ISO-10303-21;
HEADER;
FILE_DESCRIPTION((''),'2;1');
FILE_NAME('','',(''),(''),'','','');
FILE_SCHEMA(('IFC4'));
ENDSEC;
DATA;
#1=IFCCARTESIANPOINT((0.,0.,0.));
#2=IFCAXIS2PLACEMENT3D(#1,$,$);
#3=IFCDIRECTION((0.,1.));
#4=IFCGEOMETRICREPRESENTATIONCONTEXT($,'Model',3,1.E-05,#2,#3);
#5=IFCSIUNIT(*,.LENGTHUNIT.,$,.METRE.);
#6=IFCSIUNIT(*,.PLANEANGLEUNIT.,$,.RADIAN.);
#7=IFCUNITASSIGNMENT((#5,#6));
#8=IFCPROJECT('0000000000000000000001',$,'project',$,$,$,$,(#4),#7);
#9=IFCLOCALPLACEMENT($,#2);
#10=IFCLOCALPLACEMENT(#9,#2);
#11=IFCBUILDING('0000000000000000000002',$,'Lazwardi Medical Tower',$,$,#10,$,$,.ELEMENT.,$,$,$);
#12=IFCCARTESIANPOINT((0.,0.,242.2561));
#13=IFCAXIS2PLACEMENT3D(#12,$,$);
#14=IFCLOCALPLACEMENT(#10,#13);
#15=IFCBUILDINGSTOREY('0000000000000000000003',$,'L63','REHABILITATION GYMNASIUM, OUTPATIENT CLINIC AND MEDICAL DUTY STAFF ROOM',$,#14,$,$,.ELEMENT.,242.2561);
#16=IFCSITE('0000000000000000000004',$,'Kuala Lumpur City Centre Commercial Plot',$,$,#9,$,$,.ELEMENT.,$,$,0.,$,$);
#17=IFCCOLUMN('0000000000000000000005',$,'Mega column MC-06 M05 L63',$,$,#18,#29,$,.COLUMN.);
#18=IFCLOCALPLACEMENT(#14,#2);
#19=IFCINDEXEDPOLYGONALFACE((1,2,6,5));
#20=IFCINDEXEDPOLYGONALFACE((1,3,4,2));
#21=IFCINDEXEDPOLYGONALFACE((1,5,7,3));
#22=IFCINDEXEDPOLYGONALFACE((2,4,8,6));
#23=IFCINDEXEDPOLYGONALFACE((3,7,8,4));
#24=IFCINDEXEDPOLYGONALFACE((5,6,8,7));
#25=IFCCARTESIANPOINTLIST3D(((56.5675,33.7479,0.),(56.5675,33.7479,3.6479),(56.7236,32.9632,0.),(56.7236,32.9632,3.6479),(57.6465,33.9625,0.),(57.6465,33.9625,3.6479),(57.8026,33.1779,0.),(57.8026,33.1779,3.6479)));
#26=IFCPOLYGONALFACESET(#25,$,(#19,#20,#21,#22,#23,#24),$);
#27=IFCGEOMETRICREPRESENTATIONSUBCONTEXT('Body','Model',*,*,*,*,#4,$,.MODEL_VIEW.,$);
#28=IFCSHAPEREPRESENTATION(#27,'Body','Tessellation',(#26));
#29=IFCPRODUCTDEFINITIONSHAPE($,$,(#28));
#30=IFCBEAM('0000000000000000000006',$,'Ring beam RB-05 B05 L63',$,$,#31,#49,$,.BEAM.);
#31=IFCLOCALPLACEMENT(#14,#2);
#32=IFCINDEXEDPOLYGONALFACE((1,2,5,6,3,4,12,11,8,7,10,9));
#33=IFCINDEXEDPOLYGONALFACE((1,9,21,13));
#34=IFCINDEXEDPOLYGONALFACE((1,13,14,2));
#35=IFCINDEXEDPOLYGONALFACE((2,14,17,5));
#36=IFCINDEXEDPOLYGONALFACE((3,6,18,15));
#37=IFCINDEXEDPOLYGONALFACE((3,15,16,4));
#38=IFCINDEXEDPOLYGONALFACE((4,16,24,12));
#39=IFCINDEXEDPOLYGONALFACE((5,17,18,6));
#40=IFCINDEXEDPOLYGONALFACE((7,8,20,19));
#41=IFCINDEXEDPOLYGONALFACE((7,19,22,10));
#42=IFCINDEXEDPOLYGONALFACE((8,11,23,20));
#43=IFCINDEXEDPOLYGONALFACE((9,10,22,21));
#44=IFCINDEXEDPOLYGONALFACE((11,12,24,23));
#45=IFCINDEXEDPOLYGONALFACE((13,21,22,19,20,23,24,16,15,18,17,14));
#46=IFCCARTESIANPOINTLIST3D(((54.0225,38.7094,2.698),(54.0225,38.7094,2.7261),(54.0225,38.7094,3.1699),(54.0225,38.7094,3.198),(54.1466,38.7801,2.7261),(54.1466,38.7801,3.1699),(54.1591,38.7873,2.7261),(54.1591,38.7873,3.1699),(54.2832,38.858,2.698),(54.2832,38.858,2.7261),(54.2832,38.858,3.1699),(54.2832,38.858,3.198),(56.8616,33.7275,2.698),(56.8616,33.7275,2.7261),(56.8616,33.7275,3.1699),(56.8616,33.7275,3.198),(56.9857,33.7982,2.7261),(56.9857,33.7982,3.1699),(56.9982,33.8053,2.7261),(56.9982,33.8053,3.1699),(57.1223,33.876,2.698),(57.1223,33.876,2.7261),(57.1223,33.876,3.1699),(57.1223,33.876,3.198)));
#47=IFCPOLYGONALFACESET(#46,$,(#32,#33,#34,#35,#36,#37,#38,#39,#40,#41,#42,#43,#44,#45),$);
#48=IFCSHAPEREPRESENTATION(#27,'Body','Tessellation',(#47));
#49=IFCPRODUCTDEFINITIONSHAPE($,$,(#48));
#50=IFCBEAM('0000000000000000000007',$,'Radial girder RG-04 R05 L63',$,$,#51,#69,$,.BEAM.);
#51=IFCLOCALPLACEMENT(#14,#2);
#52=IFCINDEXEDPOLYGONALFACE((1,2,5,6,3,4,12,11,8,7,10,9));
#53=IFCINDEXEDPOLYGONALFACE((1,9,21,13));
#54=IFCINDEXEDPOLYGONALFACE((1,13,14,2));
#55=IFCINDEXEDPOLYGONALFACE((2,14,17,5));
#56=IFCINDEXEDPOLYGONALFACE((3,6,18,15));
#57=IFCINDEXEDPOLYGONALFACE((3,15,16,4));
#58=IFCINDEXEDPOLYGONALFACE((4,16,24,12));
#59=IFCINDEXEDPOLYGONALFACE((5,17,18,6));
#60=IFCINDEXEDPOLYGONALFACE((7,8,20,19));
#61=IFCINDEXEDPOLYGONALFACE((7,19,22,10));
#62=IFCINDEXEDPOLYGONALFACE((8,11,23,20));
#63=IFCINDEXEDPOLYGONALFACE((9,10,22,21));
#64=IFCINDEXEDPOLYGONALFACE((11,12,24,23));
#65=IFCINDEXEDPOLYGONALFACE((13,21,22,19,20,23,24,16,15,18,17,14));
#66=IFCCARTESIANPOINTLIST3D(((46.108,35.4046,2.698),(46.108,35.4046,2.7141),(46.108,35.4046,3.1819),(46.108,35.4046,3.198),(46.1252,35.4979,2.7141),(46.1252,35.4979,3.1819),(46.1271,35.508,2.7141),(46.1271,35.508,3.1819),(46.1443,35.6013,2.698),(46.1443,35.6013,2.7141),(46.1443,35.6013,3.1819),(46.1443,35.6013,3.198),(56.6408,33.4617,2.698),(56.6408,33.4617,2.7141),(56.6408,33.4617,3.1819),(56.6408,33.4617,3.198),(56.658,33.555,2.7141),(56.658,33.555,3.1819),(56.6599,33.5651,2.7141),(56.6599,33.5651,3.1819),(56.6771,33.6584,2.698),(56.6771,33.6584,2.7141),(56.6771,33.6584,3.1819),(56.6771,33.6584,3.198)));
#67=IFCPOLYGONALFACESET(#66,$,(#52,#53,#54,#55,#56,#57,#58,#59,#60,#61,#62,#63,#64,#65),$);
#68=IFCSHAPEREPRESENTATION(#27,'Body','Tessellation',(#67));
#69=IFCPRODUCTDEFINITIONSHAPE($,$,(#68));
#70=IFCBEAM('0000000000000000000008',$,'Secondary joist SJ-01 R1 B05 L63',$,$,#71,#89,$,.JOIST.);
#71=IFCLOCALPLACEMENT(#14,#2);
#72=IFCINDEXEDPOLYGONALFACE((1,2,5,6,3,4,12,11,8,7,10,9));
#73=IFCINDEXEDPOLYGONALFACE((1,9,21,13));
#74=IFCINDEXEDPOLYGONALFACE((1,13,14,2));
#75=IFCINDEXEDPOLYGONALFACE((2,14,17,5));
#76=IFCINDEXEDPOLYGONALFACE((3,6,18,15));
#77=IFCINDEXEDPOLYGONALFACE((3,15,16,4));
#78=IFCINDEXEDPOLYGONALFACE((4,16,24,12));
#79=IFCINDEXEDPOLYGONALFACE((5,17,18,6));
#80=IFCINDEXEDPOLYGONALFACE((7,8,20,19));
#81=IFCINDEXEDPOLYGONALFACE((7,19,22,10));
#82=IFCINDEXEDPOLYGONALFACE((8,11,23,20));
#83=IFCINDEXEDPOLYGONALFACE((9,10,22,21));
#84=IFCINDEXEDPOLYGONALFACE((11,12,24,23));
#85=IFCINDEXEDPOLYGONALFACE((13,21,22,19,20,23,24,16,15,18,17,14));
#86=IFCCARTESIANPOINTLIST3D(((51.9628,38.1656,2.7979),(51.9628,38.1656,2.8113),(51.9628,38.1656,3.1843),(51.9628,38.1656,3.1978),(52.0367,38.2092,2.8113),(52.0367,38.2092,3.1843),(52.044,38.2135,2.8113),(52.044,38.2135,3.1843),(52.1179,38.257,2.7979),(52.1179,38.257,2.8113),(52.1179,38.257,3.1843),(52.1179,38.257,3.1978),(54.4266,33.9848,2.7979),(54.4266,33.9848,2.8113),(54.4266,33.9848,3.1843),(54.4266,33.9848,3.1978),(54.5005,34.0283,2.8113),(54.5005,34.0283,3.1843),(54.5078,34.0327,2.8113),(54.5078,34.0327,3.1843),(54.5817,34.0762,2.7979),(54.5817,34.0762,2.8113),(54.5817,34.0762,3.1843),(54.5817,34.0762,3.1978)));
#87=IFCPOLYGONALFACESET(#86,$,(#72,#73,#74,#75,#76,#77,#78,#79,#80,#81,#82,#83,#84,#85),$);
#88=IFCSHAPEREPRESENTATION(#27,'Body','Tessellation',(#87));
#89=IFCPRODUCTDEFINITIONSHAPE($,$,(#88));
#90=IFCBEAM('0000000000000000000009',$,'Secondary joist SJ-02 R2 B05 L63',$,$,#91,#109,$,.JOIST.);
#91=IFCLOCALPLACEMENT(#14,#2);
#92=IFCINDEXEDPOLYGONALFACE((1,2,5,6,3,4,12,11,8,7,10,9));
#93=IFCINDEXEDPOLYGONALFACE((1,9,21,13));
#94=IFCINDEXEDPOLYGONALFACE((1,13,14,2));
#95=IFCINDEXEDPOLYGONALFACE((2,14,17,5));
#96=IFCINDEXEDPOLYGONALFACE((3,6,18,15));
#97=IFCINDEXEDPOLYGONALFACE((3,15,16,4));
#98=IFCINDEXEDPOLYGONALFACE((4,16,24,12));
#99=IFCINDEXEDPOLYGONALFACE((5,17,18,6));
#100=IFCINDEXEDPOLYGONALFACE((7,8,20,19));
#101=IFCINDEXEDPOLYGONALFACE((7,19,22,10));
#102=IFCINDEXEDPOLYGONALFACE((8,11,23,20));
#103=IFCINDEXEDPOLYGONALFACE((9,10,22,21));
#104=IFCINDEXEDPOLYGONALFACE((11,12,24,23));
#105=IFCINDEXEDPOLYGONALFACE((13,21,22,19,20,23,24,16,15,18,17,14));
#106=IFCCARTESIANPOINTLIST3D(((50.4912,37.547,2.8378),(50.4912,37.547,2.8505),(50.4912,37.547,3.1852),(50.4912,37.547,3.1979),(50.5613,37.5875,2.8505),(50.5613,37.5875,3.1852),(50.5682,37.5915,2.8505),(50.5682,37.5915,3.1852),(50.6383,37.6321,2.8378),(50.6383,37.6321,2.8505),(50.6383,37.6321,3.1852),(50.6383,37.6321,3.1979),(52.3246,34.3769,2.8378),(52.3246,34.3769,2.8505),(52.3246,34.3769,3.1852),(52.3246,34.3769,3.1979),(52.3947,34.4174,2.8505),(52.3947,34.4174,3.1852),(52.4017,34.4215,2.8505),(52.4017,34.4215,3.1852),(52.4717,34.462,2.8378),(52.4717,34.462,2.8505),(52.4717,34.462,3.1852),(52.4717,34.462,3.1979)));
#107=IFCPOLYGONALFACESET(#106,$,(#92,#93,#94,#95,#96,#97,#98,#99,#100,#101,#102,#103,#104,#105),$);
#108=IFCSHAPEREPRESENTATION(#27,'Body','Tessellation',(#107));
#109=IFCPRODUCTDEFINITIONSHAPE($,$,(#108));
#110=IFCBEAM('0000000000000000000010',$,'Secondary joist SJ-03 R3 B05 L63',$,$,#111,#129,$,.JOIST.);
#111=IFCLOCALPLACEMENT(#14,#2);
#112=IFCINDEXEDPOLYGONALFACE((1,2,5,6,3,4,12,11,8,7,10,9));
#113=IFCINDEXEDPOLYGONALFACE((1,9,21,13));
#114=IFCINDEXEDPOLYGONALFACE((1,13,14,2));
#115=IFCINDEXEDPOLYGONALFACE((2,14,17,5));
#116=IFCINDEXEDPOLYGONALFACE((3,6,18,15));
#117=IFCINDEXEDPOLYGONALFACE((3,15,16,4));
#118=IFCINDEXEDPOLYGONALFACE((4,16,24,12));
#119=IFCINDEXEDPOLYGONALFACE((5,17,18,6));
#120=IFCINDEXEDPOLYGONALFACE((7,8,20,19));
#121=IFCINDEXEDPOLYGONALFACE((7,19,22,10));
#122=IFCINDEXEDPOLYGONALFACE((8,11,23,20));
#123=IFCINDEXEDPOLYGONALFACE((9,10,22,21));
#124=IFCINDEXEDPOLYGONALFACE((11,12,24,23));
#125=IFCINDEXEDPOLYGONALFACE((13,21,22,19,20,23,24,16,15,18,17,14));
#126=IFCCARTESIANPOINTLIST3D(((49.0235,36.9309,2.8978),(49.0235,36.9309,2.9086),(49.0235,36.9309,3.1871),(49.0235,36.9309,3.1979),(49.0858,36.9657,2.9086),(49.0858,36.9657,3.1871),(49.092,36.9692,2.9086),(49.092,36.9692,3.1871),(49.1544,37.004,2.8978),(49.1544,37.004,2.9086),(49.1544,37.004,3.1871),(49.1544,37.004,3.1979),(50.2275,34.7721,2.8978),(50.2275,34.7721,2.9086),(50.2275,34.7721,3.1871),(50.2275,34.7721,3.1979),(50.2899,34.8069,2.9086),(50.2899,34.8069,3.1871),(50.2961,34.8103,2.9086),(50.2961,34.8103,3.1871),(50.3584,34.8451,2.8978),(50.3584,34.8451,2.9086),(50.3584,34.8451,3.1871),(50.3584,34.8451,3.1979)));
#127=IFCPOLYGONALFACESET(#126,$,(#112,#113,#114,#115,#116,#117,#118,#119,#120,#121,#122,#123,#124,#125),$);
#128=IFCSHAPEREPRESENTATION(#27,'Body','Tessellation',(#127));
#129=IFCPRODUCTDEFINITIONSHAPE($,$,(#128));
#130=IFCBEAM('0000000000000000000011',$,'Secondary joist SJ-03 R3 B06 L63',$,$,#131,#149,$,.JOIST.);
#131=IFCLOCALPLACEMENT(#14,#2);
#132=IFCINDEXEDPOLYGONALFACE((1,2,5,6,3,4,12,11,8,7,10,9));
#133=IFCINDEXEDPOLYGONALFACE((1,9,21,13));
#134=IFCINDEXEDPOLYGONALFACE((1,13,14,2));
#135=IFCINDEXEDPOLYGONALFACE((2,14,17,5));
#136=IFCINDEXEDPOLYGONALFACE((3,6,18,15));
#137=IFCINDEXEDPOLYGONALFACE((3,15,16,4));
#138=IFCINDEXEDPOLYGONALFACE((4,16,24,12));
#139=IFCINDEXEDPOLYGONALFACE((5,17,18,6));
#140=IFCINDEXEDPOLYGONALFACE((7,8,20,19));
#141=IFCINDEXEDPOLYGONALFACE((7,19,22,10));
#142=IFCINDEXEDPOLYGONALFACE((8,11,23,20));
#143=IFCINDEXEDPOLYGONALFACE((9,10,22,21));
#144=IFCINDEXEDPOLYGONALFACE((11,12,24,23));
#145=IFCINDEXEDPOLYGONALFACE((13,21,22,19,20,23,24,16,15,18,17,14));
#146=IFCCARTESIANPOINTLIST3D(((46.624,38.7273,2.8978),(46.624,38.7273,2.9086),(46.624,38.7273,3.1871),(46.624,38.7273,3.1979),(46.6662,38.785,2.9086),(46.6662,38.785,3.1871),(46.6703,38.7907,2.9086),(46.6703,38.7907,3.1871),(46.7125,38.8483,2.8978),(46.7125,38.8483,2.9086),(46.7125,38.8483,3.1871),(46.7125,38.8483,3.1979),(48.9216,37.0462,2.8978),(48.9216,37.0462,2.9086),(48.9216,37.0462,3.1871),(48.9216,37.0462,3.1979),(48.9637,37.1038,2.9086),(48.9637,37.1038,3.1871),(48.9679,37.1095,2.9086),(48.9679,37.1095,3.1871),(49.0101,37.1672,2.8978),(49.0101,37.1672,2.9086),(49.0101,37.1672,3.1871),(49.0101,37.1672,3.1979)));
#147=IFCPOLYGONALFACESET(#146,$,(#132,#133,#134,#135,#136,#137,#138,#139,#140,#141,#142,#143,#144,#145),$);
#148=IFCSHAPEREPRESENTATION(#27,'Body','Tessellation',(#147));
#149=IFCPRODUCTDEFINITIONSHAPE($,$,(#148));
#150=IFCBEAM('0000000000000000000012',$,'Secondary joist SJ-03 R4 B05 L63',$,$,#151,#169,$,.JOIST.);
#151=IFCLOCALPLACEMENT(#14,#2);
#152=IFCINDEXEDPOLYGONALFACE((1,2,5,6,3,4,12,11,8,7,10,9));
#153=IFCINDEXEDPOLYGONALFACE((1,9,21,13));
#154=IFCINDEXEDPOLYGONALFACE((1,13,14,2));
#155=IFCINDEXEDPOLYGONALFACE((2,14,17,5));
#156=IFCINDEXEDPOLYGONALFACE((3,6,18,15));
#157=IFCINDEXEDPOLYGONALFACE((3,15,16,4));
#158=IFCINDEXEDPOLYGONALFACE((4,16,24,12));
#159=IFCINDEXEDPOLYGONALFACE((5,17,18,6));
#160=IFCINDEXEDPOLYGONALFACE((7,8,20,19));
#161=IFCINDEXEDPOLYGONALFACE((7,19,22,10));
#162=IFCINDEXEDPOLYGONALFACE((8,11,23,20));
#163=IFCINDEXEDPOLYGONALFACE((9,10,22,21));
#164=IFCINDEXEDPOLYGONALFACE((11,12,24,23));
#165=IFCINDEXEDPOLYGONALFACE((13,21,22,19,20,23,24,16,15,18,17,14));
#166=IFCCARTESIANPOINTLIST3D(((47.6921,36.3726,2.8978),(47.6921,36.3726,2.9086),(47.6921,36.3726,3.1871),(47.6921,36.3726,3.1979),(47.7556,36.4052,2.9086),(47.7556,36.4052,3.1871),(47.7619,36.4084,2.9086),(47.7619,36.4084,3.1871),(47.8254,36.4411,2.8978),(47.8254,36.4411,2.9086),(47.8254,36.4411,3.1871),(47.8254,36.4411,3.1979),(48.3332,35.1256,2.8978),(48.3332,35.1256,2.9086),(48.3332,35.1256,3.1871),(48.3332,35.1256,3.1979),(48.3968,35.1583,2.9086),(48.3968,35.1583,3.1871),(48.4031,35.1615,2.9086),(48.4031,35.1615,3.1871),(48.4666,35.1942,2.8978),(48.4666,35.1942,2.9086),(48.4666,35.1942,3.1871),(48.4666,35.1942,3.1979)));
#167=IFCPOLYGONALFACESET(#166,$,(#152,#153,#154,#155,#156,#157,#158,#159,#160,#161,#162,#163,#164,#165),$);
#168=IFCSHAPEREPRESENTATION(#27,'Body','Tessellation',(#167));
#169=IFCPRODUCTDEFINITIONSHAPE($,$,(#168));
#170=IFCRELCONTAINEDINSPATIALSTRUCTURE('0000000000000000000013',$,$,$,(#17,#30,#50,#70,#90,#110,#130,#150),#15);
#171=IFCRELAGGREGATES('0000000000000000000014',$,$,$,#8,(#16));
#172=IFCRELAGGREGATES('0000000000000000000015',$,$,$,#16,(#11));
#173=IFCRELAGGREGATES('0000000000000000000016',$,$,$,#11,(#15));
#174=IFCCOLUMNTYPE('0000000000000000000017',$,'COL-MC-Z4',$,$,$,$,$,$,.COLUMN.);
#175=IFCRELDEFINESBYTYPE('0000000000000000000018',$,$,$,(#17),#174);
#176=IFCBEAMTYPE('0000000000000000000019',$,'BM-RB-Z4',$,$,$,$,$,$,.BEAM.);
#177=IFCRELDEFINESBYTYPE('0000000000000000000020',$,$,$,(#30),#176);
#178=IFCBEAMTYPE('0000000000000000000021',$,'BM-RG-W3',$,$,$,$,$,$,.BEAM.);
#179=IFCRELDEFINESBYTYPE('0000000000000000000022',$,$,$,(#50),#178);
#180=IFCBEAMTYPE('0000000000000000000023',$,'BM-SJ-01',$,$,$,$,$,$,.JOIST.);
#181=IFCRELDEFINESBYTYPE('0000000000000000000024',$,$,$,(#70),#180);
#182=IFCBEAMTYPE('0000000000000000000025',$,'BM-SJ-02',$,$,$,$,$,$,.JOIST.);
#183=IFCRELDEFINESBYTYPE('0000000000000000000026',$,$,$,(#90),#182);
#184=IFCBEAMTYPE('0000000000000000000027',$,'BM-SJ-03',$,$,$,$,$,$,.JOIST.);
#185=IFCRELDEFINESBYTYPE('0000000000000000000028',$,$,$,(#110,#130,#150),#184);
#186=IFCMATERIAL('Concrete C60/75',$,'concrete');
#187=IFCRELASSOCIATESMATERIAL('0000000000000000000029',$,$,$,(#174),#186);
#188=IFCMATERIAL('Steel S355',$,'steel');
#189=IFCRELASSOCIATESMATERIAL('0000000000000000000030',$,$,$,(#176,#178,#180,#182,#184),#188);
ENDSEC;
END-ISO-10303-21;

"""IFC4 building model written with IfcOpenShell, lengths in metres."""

from ifc_helpers import new_model, si_unit, direction, frame, origin, origin_2d, place, context, subcontext, project, spatial, rectangle, i_section, extrude, material, material_profile, profile_set, type_object, element, save


model = new_model("IFC4")

# Units and contexts
model_context = context("Model", 3, precision=1e-05, world=origin(), true_north=direction((0.0, 1.0)))
body_context = subcontext(model_context, "Body", "Model", "MODEL_VIEW")
ifc_project = project(units=[si_unit("LENGTHUNIT", "METRE"), si_unit("PLANEANGLEUNIT", "RADIAN")], contexts=[model_context])

# Site, building, storey
site_placement = place(None, origin())
site = spatial("IfcSite", under=ifc_project, at=site_placement, Name="Kuala Lumpur City Centre Commercial Plot", CompositionType="ELEMENT", RefElevation=0.0)
building_placement = place(site_placement, origin())
building = spatial("IfcBuilding", under=site, at=building_placement, Name="Lazwardi Medical Tower", CompositionType="ELEMENT")
storey_placement = place(building_placement, frame((0.0, 0.0, 242.2561)))
storey = spatial("IfcBuildingStorey", under=building, at=storey_placement, Name="L63", Description="REHABILITATION GYMNASIUM, OUTPATIENT CLINIC AND MEDICAL DUTY STAFF ROOM", CompositionType="ELEMENT", Elevation=242.2561)

# Column
ifc_material_1 = material(Name="Concrete C60/75", Category="concrete")
ifc_material_profile_1 = material_profile(ifc_material_1, rectangle(XDim=1.1001, YDim=0.8, at=origin_2d()), Name="CFT-RECT 1100x800")
ifc_profile_set_1 = profile_set([ifc_material_profile_1], Name="Concrete C60/75")
column_type = type_object("IfcColumnType", Name="COL-MC-Z4", PredefinedType="COLUMN", material=ifc_profile_set_1)
column_placement = place(storey_placement, frame((57.1851, 33.4629, 0.0), z_axis=(0.0, 0.0, 1.0), x_axis=(0.980785, 0.19509, 0.0)))
element("IfcColumn", 1, at=column_placement, inside=storey, type_object=column_type, Name="Mega column MC-06 M05 L63", PredefinedType="COLUMN", context=body_context, shape_type="SweptSolid", body=[
    extrude(rectangle(XDim=1.1001, YDim=0.8, at=origin_2d()), origin(), (0.0, 0.0, 1.0), 3.6479),
])

# Beams
ifc_material_2 = material(Name="Steel S355", Category="steel")
ifc_material_profile_2 = material_profile(ifc_material_2, i_section(OverallWidth=0.3, OverallDepth=0.5, WebThickness=0.0144, FlangeThickness=0.0281, at=origin_2d()), Name="HEB 500")
ifc_profile_set_2 = profile_set([ifc_material_profile_2], Name="Steel S355")
beam_type_1 = type_object("IfcBeamType", Name="BM-RB-Z4", PredefinedType="BEAM", material=ifc_profile_set_2)
beam_1_placement = place(storey_placement, frame((56.9919, 33.8018, 2.948), z_axis=(-0.495125, 0.868822, 0.0), x_axis=(-0.868822, -0.495125, 0.0)))
element("IfcBeam", 2, at=beam_1_placement, inside=storey, type_object=beam_type_1, Name="Ring beam RB-05 B05 L63", PredefinedType="BEAM", context=body_context, shape_type="SweptSolid", body=[
    extrude(i_section(OverallWidth=0.3, OverallDepth=0.5, WebThickness=0.0144, FlangeThickness=0.0281, at=origin_2d()), origin(), (0.0, 0.0, 1.0), 5.7341),
])
ifc_material_profile_3 = material_profile(ifc_material_2, i_section(OverallWidth=0.2, OverallDepth=0.5, WebThickness=0.0103, FlangeThickness=0.0161, at=origin_2d()), Name="IPE 500")
ifc_profile_set_3 = profile_set([ifc_material_profile_3], Name="Steel S355")
beam_type_2 = type_object("IfcBeamType", Name="BM-RG-W3", PredefinedType="BEAM", material=ifc_profile_set_3)
beam_2_placement = place(storey_placement, frame((56.6589, 33.5601, 2.948), z_axis=(-0.983409, 0.1814, 0.0), x_axis=(-0.1814, -0.983409, 0.0)))
element("IfcBeam", 3, at=beam_2_placement, inside=storey, type_object=beam_type_2, Name="Radial girder RG-04 R05 L63", PredefinedType="BEAM", context=body_context, shape_type="SweptSolid", body=[
    extrude(i_section(OverallWidth=0.2, OverallDepth=0.5, WebThickness=0.0103, FlangeThickness=0.0161, at=origin_2d()), origin(), (0.0, 0.0, 1.0), 10.7104),
])
ifc_material_profile_4 = material_profile(ifc_material_2, i_section(OverallWidth=0.1799, OverallDepth=0.3999, WebThickness=0.0085, FlangeThickness=0.0134, at=origin_2d()), Name="IPE 400")
ifc_profile_set_4 = profile_set([ifc_material_profile_4], Name="Steel S355")
beam_type_3 = type_object("IfcBeamType", Name="BM-SJ-01", PredefinedType="JOIST", material=ifc_profile_set_4)
beam_3_placement = place(storey_placement, frame((54.5042, 34.0305, 2.9978), z_axis=(-0.50771, 0.861528, 0.0), x_axis=(-0.861528, -0.50771, 0.0)))
element("IfcBeam", 4, at=beam_3_placement, inside=storey, type_object=beam_type_3, Name="Secondary joist SJ-01 R1 B05 L63", PredefinedType="JOIST", context=body_context, shape_type="SweptSolid", body=[
    extrude(i_section(OverallWidth=0.1799, OverallDepth=0.3999, WebThickness=0.0085, FlangeThickness=0.0134, at=origin_2d()), origin(), (0.0, 0.0, 1.0), 4.8528),
])
ifc_material_profile_5 = material_profile(ifc_material_2, i_section(OverallWidth=0.1699, OverallDepth=0.3601, WebThickness=0.0081, FlangeThickness=0.0127, at=origin_2d()), Name="IPE 360")
ifc_profile_set_5 = profile_set([ifc_material_profile_5], Name="Steel S355")
beam_type_4 = type_object("IfcBeamType", Name="BM-SJ-02", PredefinedType="JOIST", material=ifc_profile_set_5)
beam_4_placement = place(storey_placement, frame((52.3982, 34.4194, 3.0178), z_axis=(-0.500655, 0.865647, 0.0), x_axis=(-0.865647, -0.500655, 0.0)))
element("IfcBeam", 5, at=beam_4_placement, inside=storey, type_object=beam_type_4, Name="Secondary joist SJ-02 R2 B05 L63", PredefinedType="JOIST", context=body_context, shape_type="SweptSolid", body=[
    extrude(i_section(OverallWidth=0.1699, OverallDepth=0.3601, WebThickness=0.0081, FlangeThickness=0.0127, at=origin_2d()), origin(), (0.0, 0.0, 1.0), 3.6621),
])
ifc_material_profile_6 = material_profile(ifc_material_2, i_section(OverallWidth=0.1499, OverallDepth=0.3, WebThickness=0.0071, FlangeThickness=0.0107, at=origin_2d()), Name="IPE 300")
ifc_profile_set_6 = profile_set([ifc_material_profile_6], Name="Steel S355")
beam_type_5 = type_object("IfcBeamType", Name="BM-SJ-03", PredefinedType="JOIST", material=ifc_profile_set_6)
beam_5_placement = place(storey_placement, frame((50.293, 34.8086, 3.0479), z_axis=(-0.487093, 0.87335, 0.0), x_axis=(-0.87335, -0.487093, 0.0)))
element("IfcBeam", 6, at=beam_5_placement, inside=storey, type_object=beam_type_5, Name="Secondary joist SJ-03 R3 B05 L63", PredefinedType="JOIST", context=body_context, shape_type="SweptSolid", body=[
    extrude(i_section(OverallWidth=0.1499, OverallDepth=0.3, WebThickness=0.0071, FlangeThickness=0.0107, at=origin_2d()), origin(), (0.0, 0.0, 1.0), 2.4719),
])
beam_6_placement = place(storey_placement, frame((48.9658, 37.1067, 3.0479), z_axis=(-0.807034, 0.590505, 0.0), x_axis=(-0.590505, -0.807034, 0.0)))
element("IfcBeam", 7, at=beam_6_placement, inside=storey, type_object=beam_type_5, Name="Secondary joist SJ-03 R3 B06 L63", PredefinedType="JOIST", context=body_context, shape_type="SweptSolid", body=[
    extrude(i_section(OverallWidth=0.1499, OverallDepth=0.3, WebThickness=0.0071, FlangeThickness=0.0107, at=origin_2d()), origin(), (0.0, 0.0, 1.0), 2.8469),
])
beam_7_placement = place(storey_placement, frame((48.3999, 35.1599, 3.0479), z_axis=(-0.457285, 0.88932, 0.0), x_axis=(-0.88932, -0.457285, 0.0)))
element("IfcBeam", 8, at=beam_7_placement, inside=storey, type_object=beam_type_5, Name="Secondary joist SJ-03 R4 B05 L63", PredefinedType="JOIST", context=body_context, shape_type="SweptSolid", body=[
    extrude(i_section(OverallWidth=0.1499, OverallDepth=0.3, WebThickness=0.0071, FlangeThickness=0.0107, at=origin_2d()), origin(), (0.0, 0.0, 1.0), 1.4021),
])

save(model, "model.ifc")
